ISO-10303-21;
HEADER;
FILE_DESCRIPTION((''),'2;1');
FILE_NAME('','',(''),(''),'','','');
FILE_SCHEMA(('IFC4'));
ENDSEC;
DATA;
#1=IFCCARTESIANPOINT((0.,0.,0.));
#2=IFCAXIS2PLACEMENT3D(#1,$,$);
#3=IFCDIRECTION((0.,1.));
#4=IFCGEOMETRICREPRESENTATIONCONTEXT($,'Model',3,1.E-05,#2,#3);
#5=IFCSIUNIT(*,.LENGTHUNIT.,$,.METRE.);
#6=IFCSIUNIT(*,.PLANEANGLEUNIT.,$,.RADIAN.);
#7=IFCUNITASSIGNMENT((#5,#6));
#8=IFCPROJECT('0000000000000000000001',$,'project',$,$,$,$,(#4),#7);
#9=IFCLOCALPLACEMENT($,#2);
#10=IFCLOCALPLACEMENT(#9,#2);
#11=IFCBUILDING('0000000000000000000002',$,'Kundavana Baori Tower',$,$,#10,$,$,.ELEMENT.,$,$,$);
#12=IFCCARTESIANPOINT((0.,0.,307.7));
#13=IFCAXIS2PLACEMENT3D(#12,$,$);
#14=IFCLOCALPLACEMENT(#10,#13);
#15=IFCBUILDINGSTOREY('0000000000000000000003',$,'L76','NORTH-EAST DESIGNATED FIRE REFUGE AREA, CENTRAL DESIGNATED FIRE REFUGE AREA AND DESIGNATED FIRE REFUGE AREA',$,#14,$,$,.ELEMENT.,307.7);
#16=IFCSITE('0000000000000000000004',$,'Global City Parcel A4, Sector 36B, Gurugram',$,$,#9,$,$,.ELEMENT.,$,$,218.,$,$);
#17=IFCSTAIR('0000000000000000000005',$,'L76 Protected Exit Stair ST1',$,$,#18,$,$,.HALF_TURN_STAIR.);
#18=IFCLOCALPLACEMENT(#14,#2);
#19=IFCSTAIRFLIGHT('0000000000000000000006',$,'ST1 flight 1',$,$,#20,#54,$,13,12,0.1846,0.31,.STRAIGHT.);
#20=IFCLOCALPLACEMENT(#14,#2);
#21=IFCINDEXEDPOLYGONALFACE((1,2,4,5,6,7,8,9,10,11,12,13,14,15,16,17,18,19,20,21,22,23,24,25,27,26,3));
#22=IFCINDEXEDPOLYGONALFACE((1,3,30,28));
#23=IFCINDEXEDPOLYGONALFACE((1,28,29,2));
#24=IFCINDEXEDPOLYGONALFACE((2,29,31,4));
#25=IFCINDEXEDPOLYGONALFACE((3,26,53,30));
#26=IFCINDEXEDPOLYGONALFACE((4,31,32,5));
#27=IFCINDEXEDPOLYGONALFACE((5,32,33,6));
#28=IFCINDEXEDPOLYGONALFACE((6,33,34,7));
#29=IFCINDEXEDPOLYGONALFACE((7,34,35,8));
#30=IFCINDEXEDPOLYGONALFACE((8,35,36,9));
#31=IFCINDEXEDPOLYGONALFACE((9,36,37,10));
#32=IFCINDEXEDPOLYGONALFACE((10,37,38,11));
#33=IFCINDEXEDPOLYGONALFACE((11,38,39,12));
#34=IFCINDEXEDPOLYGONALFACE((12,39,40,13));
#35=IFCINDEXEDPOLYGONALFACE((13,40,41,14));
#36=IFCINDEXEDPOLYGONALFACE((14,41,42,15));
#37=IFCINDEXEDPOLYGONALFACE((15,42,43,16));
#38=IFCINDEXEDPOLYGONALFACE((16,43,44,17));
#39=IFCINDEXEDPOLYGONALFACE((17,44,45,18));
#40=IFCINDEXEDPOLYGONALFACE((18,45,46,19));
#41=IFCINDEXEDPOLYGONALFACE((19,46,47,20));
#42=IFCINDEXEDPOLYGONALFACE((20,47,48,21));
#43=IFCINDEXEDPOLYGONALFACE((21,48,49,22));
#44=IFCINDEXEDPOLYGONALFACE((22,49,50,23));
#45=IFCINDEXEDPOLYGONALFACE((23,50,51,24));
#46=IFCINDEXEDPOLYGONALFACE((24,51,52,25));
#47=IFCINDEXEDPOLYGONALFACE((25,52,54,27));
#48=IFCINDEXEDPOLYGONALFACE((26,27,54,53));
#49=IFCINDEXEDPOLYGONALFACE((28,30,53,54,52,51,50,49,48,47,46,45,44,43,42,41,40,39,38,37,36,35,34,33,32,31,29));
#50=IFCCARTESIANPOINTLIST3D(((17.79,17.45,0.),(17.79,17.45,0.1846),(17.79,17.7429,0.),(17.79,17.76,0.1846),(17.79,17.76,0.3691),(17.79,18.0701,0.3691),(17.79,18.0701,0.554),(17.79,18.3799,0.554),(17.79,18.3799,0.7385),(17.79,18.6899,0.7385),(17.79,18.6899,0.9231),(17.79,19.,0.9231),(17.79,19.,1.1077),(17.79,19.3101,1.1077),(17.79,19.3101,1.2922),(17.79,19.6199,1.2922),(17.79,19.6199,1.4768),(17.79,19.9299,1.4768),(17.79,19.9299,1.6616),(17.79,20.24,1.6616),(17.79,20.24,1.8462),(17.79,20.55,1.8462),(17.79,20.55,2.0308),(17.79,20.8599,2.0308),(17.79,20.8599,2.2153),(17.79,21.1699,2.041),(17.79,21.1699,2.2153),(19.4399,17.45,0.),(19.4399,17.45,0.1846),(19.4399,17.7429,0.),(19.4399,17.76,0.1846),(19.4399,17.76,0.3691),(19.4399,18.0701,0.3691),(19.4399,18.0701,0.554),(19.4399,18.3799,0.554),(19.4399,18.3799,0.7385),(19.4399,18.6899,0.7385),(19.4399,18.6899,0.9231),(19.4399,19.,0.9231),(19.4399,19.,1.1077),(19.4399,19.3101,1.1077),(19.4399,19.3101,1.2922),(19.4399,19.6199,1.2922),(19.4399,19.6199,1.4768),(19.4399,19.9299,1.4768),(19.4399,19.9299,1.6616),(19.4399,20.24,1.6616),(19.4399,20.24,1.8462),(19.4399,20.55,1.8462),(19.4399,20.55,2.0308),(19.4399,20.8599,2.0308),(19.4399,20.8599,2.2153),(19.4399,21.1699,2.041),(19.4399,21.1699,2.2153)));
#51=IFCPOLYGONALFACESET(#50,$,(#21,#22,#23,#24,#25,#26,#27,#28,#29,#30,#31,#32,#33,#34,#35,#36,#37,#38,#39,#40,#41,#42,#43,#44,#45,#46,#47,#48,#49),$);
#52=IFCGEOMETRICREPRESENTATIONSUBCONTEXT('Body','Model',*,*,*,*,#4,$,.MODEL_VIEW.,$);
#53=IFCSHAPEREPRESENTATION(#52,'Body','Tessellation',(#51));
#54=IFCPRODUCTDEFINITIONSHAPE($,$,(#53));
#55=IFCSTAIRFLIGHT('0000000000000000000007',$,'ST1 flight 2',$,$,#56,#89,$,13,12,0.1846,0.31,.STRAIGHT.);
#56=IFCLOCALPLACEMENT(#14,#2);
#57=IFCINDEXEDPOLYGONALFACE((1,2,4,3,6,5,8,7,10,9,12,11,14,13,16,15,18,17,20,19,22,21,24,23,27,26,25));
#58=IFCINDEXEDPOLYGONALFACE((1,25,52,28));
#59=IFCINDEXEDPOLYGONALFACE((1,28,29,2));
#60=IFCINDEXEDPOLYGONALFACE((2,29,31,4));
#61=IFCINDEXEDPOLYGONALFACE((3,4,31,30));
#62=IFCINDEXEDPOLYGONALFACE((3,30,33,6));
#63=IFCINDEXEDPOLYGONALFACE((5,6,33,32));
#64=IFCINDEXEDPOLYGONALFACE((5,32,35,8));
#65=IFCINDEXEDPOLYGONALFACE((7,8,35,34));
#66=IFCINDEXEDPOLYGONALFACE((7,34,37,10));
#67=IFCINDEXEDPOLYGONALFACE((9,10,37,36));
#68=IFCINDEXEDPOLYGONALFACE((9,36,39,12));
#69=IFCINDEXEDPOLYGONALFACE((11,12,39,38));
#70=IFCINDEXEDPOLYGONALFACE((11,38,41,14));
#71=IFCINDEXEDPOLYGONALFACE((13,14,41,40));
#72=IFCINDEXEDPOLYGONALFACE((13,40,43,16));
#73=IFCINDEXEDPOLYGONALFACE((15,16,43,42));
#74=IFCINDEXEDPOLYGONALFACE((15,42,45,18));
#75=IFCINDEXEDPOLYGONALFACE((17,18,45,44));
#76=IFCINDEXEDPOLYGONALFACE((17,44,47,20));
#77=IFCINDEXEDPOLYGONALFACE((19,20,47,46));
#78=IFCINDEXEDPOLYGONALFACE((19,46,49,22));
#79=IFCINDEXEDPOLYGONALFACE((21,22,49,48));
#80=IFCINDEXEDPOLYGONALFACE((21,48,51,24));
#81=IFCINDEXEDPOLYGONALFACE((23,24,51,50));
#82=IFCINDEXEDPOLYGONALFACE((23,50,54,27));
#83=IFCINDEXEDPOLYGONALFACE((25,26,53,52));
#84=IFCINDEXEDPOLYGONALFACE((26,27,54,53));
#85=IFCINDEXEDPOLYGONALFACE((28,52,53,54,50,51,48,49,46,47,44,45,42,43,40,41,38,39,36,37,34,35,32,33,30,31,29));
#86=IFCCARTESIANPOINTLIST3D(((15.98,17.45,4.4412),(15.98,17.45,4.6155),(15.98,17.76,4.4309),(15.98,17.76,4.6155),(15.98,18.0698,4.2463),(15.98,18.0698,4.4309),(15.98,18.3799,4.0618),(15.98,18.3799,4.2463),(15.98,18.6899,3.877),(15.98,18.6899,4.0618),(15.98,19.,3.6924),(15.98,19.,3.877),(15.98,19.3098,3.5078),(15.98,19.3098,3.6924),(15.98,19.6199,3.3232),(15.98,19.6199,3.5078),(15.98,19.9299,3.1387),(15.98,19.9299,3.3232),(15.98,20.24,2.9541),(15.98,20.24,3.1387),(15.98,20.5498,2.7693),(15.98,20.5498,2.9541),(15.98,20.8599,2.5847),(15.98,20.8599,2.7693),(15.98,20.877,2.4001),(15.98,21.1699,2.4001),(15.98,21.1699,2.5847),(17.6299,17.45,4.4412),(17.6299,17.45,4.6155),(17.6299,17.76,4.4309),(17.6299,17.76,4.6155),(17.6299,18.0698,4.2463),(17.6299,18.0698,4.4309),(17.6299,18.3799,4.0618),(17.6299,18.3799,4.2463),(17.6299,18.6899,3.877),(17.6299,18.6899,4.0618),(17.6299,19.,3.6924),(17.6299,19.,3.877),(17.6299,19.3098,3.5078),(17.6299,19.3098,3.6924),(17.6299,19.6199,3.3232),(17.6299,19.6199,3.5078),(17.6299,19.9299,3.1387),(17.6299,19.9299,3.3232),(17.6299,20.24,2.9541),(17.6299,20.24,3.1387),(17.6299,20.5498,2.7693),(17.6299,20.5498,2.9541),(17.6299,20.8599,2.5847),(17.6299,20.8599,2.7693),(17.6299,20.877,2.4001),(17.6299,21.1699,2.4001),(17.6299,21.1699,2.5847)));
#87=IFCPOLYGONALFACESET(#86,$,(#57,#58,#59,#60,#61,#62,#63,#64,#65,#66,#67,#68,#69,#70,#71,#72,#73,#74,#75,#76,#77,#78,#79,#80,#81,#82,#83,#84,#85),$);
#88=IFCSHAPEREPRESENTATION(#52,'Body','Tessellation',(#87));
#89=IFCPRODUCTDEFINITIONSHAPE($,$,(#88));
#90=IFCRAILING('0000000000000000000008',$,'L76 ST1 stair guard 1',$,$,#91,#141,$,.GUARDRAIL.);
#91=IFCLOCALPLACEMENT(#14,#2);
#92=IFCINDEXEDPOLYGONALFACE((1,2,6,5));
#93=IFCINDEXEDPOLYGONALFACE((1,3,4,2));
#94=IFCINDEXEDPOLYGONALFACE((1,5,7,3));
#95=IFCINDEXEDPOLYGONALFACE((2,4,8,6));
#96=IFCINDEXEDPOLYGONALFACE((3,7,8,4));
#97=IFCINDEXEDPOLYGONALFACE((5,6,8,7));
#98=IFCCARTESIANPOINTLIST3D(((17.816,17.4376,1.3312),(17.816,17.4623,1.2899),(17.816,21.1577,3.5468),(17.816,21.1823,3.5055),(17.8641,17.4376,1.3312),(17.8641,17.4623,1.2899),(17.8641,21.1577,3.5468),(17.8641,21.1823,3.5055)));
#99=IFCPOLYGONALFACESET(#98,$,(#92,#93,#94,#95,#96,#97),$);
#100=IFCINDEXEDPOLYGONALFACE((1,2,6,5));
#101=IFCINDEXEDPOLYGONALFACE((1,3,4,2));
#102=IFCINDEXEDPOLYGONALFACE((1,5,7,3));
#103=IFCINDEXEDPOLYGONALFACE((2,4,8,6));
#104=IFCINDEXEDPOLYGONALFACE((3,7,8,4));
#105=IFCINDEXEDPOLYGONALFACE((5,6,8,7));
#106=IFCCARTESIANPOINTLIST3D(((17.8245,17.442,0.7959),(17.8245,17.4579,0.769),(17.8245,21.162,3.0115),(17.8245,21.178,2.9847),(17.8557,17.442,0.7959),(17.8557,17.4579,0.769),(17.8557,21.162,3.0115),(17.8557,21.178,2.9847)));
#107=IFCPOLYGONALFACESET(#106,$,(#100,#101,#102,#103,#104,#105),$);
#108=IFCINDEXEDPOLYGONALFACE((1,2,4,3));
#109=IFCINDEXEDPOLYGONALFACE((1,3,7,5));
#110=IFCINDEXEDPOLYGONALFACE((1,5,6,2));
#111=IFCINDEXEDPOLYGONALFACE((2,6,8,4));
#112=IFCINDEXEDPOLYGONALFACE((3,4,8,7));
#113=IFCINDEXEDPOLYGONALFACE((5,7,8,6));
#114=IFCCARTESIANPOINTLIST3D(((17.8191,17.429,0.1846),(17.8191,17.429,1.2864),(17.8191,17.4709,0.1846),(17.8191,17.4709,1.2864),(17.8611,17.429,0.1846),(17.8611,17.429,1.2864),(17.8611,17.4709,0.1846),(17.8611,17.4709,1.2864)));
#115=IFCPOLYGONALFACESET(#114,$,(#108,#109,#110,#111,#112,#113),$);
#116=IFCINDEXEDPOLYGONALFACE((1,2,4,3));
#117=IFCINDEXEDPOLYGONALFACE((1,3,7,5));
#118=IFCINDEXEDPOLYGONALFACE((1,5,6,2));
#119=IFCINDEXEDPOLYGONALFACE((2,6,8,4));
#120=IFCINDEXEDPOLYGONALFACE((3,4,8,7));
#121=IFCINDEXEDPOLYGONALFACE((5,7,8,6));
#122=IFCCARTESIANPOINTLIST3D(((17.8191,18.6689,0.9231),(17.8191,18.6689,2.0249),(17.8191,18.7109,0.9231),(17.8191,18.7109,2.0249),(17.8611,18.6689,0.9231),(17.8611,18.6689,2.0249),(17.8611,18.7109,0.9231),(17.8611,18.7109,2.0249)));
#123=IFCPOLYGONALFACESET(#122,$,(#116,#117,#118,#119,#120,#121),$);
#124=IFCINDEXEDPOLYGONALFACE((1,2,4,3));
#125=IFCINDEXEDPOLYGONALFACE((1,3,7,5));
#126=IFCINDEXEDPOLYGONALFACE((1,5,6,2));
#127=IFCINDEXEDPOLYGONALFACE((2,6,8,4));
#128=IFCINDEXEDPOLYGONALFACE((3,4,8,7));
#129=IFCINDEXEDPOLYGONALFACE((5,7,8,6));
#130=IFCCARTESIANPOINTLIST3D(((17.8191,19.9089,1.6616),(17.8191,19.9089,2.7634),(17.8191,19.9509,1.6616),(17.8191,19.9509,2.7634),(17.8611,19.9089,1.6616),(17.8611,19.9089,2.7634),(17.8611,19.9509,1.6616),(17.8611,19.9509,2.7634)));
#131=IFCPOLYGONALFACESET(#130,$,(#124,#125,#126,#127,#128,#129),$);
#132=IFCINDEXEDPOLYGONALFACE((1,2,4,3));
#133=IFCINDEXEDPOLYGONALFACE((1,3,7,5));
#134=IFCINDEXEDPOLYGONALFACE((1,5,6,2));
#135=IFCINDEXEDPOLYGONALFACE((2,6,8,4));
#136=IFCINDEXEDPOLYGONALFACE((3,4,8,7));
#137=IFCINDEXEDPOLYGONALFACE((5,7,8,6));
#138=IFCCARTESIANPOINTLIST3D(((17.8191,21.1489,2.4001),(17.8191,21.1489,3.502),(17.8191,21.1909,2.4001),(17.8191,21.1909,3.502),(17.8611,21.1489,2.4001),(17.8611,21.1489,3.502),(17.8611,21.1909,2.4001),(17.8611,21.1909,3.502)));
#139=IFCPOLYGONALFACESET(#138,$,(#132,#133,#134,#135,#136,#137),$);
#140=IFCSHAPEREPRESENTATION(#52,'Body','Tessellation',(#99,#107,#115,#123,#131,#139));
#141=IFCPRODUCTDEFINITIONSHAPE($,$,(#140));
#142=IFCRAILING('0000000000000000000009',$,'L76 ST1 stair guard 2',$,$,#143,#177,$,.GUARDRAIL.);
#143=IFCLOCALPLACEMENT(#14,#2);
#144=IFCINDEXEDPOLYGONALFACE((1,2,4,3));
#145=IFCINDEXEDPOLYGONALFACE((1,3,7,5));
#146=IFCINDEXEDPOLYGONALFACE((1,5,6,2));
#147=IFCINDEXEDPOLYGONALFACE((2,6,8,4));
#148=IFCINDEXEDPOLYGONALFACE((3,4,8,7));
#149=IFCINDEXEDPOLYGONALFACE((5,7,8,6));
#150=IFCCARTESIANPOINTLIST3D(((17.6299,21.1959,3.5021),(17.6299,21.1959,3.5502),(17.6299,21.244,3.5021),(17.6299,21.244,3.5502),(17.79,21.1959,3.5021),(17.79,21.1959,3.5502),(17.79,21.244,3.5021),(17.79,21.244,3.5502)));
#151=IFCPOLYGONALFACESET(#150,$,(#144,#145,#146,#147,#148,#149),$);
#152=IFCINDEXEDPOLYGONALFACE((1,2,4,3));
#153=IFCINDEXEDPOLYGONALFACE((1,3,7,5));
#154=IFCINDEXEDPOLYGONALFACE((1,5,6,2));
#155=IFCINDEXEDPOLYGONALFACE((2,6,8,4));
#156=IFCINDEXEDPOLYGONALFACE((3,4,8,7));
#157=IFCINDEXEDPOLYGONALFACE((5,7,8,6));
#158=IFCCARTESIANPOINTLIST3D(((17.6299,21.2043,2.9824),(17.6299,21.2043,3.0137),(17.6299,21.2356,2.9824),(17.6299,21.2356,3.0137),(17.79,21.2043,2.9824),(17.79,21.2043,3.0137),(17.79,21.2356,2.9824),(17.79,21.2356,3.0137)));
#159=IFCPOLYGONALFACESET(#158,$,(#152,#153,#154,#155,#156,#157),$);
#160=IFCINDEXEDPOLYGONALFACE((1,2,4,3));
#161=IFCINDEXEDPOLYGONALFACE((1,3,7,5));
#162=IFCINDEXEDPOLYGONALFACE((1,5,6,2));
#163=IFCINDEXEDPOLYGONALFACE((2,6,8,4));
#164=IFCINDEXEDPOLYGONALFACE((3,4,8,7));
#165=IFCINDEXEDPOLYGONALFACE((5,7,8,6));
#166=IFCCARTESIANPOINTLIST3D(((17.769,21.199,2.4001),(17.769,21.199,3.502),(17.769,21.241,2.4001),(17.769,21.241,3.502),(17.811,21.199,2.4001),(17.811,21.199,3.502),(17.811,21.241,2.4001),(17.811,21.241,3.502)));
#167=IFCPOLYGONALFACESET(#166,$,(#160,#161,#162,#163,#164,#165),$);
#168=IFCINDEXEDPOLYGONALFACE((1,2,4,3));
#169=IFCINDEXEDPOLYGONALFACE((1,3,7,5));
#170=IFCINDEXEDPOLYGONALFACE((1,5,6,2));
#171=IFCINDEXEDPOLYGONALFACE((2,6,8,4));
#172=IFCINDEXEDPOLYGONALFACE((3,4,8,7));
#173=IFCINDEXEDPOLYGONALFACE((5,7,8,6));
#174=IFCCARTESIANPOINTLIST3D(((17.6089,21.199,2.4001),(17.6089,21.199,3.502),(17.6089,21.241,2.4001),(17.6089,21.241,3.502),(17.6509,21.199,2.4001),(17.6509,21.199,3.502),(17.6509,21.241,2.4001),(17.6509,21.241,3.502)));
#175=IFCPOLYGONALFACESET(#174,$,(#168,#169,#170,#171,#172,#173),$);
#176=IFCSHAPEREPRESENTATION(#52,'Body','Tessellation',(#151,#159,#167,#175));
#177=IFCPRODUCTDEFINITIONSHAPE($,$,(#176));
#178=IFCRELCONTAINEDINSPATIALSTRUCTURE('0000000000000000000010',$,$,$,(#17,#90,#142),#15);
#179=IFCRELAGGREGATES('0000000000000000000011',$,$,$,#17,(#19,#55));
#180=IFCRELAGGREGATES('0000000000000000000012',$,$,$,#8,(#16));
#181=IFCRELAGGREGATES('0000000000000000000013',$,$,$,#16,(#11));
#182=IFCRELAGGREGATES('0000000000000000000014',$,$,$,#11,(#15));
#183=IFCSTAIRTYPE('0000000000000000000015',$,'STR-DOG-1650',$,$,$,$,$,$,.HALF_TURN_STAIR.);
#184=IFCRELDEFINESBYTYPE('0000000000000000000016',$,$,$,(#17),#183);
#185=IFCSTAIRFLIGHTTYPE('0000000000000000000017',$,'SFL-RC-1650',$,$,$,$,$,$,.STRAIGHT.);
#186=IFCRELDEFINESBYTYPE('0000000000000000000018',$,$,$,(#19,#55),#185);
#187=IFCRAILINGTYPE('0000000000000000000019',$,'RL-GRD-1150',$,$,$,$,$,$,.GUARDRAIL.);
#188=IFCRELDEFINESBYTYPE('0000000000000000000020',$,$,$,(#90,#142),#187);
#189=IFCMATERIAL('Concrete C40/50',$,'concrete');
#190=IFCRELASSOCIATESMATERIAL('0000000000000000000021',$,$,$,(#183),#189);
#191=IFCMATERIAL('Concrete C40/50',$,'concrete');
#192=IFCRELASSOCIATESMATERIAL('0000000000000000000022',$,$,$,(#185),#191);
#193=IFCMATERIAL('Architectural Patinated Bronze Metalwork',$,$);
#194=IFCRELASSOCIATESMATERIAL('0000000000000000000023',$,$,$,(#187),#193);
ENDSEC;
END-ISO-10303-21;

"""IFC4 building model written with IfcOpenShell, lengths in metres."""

from ifc_helpers import new_model, si_unit, direction, frame, origin, origin_2d, place, context, subcontext, project, spatial, polyline, rectangle, outline, extrude, material, type_object, element, aggregate, save


model = new_model("IFC4")

# Units and contexts
model_context = context("Model", 3, precision=1e-05, world=origin(), true_north=direction((0.0, 1.0)))
body_context = subcontext(model_context, "Body", "Model", "MODEL_VIEW")
ifc_project = project(units=[si_unit("LENGTHUNIT", "METRE"), si_unit("PLANEANGLEUNIT", "RADIAN")], contexts=[model_context])

# Site, building, storey
site_placement = place(None, origin())
site = spatial("IfcSite", under=ifc_project, at=site_placement, Name="Global City Parcel A4, Sector 36B, Gurugram", CompositionType="ELEMENT", RefElevation=218.0)
building_placement = place(site_placement, origin())
building = spatial("IfcBuilding", under=site, at=building_placement, Name="Kundavana Baori Tower", CompositionType="ELEMENT")
storey_placement = place(building_placement, frame((0.0, 0.0, 307.7)))
storey = spatial("IfcBuildingStorey", under=building, at=storey_placement, Name="L76", Description="NORTH-EAST DESIGNATED FIRE REFUGE AREA, CENTRAL DESIGNATED FIRE REFUGE AREA AND DESIGNATED FIRE REFUGE AREA", CompositionType="ELEMENT", Elevation=307.7)

# Stair, stair flights
ifc_material_1 = material(Name="Concrete C40/50", Category="concrete")
stair_type = type_object("IfcStairType", Name="STR-DOG-1650", PredefinedType="HALF_TURN_STAIR", material=ifc_material_1)
stair_placement = place(storey_placement, origin())
stair = element("IfcStair", 1, at=stair_placement, inside=storey, type_object=stair_type, Name="L76 Protected Exit Stair ST1", PredefinedType="HALF_TURN_STAIR")
ifc_material_2 = material(Name="Concrete C40/50", Category="concrete")
stair_flight_type = type_object("IfcStairFlightType", Name="SFL-RC-1650", PredefinedType="STRAIGHT", material=ifc_material_2)
stair_flight_1_placement = place(storey_placement, frame((18.615, 17.45, 0.0), z_axis=(0.0, 0.0, 1.0), x_axis=(0.0, 1.0, 0.0)))
stair_flight_1 = element("IfcStairFlight", 2, at=stair_flight_1_placement, type_object=stair_flight_type, Name="ST1 flight 1", NumberOfRisers=13, NumberOfTreads=12, PredefinedType="STRAIGHT", RiserHeight=0.1846, TreadLength=0.31, context=body_context, shape_type="SweptSolid", body=[
    extrude(outline(polyline([(0.0, 0.0), (0.0, 0.1846), (0.3101, 0.1846), (0.3101, 0.3691), (0.6201, 0.3691), (0.6201, 0.554), (0.9299, 0.554), (0.9299, 0.7385), (1.24, 0.7385), (1.24, 0.9231), (1.55, 0.9231), (1.55, 1.1077), (1.8601, 1.1077), (1.8601, 1.2922), (2.1699, 1.2922), (2.1699, 1.4768), (2.48, 1.4768), (2.48, 1.6616), (2.79, 1.6616), (2.79, 1.8462), (3.1001, 1.8462), (3.1001, 2.0308), (3.4099, 2.0308), (3.4099, 2.2153), (3.72, 2.2153), (3.72, 2.3999), (3.72, 2.041), (0.293, 0.0), (0.0, 0.0)])), frame((0.0, 0.825, 0.0), z_axis=(0.0, -1.0, 0.0), x_axis=(1.0, 0.0, 0.0)), (0.0, 0.0, 1.0), 1.6499),
])
stair_flight_2_placement = place(storey_placement, frame((16.8049, 21.1699, 2.4001), z_axis=(0.0, 0.0, 1.0), x_axis=(0.0, -1.0, 0.0)))
stair_flight_2 = element("IfcStairFlight", 3, at=stair_flight_2_placement, type_object=stair_flight_type, Name="ST1 flight 2", NumberOfRisers=13, NumberOfTreads=12, PredefinedType="STRAIGHT", RiserHeight=0.1846, TreadLength=0.31, context=body_context, shape_type="SweptSolid", body=[
    extrude(outline(polyline([(0.0, 0.0), (0.0, 0.1846), (0.3101, 0.1846), (0.3101, 0.3691), (0.6201, 0.3691), (0.6201, 0.554), (0.9299, 0.554), (0.9299, 0.7385), (1.24, 0.7385), (1.24, 0.9231), (1.55, 0.9231), (1.55, 1.1077), (1.8601, 1.1077), (1.8601, 1.2922), (2.1699, 1.2922), (2.1699, 1.4768), (2.48, 1.4768), (2.48, 1.6616), (2.79, 1.6616), (2.79, 1.8462), (3.1001, 1.8462), (3.1001, 2.0308), (3.4099, 2.0308), (3.4099, 2.2153), (3.72, 2.2153), (3.72, 2.3999), (3.72, 2.041), (0.293, 0.0), (0.0, 0.0)])), frame((0.0, 0.825, 0.0), z_axis=(0.0, -1.0, 0.0), x_axis=(1.0, 0.0, 0.0)), (0.0, 0.0, 1.0), 1.6499),
])
aggregate(stair, [stair_flight_1, stair_flight_2])

# Railings
ifc_material_3 = material(Name="Architectural Patinated Bronze Metalwork")
railing_type_1 = type_object("IfcRailingType", Name="RL-GRD-1150", PredefinedType="GUARDRAIL", material=ifc_material_3)
railing_1_placement = place(storey_placement, frame((17.8401, 17.45, 0.1846)))
element("IfcRailing", 4, at=railing_1_placement, inside=storey, type_object=railing_type_1, Name="L76 ST1 stair guard 1", PredefinedType="GUARDRAIL", context=body_context, shape_type="SweptSolid", body=[
    extrude(rectangle(XDim=0.0481, YDim=0.0481, at=origin_2d()), frame((0.0, 0.0, 1.126), z_axis=(0.0, 0.85916, 0.511707), x_axis=(-1.0, 0.0, 0.0)), (0.0, 0.0, 1.0), 4.3298),
    extrude(rectangle(XDim=0.0312, YDim=0.0312, at=origin_2d()), frame((0.0, 0.0, 0.5979), z_axis=(0.0, 0.85916, 0.511707), x_axis=(-1.0, 0.0, 0.0)), (0.0, 0.0, 1.0), 4.3298),
    extrude(rectangle(XDim=0.042, YDim=0.042, at=origin_2d()), origin(), (0.0, 0.0, 1.0), 1.1018),
    extrude(rectangle(XDim=0.042, YDim=0.042, at=origin_2d()), frame((0.0, 1.24, 0.7385)), (0.0, 0.0, 1.0), 1.1018),
    extrude(rectangle(XDim=0.042, YDim=0.042, at=origin_2d()), frame((0.0, 2.48, 1.4771)), (0.0, 0.0, 1.0), 1.1018),
    extrude(rectangle(XDim=0.042, YDim=0.042, at=origin_2d()), frame((0.0, 3.72, 2.2156)), (0.0, 0.0, 1.0), 1.1018),
])
railing_2_placement = place(storey_placement, frame((17.79, 21.22, 2.4001)))
element("IfcRailing", 5, at=railing_2_placement, inside=storey, type_object=railing_type_1, Name="L76 ST1 stair guard 2", PredefinedType="GUARDRAIL", context=body_context, shape_type="SweptSolid", body=[
    extrude(rectangle(XDim=0.0481, YDim=0.0481, at=origin_2d()), frame((0.0, 0.0, 1.126), z_axis=(-1.0, 0.0, 0.0), x_axis=(0.0, -1.0, 0.0)), (0.0, 0.0, 1.0), 0.1602),
    extrude(rectangle(XDim=0.0312, YDim=0.0312, at=origin_2d()), frame((0.0, 0.0, 0.5979), z_axis=(-1.0, 0.0, 0.0), x_axis=(0.0, -1.0, 0.0)), (0.0, 0.0, 1.0), 0.1602),
    extrude(rectangle(XDim=0.042, YDim=0.042, at=origin_2d()), origin(), (0.0, 0.0, 1.0), 1.1018),
    extrude(rectangle(XDim=0.042, YDim=0.042, at=origin_2d()), frame((-0.1602, 0.0, 0.0)), (0.0, 0.0, 1.0), 1.1018),
])

save(model, "model.ifc")
